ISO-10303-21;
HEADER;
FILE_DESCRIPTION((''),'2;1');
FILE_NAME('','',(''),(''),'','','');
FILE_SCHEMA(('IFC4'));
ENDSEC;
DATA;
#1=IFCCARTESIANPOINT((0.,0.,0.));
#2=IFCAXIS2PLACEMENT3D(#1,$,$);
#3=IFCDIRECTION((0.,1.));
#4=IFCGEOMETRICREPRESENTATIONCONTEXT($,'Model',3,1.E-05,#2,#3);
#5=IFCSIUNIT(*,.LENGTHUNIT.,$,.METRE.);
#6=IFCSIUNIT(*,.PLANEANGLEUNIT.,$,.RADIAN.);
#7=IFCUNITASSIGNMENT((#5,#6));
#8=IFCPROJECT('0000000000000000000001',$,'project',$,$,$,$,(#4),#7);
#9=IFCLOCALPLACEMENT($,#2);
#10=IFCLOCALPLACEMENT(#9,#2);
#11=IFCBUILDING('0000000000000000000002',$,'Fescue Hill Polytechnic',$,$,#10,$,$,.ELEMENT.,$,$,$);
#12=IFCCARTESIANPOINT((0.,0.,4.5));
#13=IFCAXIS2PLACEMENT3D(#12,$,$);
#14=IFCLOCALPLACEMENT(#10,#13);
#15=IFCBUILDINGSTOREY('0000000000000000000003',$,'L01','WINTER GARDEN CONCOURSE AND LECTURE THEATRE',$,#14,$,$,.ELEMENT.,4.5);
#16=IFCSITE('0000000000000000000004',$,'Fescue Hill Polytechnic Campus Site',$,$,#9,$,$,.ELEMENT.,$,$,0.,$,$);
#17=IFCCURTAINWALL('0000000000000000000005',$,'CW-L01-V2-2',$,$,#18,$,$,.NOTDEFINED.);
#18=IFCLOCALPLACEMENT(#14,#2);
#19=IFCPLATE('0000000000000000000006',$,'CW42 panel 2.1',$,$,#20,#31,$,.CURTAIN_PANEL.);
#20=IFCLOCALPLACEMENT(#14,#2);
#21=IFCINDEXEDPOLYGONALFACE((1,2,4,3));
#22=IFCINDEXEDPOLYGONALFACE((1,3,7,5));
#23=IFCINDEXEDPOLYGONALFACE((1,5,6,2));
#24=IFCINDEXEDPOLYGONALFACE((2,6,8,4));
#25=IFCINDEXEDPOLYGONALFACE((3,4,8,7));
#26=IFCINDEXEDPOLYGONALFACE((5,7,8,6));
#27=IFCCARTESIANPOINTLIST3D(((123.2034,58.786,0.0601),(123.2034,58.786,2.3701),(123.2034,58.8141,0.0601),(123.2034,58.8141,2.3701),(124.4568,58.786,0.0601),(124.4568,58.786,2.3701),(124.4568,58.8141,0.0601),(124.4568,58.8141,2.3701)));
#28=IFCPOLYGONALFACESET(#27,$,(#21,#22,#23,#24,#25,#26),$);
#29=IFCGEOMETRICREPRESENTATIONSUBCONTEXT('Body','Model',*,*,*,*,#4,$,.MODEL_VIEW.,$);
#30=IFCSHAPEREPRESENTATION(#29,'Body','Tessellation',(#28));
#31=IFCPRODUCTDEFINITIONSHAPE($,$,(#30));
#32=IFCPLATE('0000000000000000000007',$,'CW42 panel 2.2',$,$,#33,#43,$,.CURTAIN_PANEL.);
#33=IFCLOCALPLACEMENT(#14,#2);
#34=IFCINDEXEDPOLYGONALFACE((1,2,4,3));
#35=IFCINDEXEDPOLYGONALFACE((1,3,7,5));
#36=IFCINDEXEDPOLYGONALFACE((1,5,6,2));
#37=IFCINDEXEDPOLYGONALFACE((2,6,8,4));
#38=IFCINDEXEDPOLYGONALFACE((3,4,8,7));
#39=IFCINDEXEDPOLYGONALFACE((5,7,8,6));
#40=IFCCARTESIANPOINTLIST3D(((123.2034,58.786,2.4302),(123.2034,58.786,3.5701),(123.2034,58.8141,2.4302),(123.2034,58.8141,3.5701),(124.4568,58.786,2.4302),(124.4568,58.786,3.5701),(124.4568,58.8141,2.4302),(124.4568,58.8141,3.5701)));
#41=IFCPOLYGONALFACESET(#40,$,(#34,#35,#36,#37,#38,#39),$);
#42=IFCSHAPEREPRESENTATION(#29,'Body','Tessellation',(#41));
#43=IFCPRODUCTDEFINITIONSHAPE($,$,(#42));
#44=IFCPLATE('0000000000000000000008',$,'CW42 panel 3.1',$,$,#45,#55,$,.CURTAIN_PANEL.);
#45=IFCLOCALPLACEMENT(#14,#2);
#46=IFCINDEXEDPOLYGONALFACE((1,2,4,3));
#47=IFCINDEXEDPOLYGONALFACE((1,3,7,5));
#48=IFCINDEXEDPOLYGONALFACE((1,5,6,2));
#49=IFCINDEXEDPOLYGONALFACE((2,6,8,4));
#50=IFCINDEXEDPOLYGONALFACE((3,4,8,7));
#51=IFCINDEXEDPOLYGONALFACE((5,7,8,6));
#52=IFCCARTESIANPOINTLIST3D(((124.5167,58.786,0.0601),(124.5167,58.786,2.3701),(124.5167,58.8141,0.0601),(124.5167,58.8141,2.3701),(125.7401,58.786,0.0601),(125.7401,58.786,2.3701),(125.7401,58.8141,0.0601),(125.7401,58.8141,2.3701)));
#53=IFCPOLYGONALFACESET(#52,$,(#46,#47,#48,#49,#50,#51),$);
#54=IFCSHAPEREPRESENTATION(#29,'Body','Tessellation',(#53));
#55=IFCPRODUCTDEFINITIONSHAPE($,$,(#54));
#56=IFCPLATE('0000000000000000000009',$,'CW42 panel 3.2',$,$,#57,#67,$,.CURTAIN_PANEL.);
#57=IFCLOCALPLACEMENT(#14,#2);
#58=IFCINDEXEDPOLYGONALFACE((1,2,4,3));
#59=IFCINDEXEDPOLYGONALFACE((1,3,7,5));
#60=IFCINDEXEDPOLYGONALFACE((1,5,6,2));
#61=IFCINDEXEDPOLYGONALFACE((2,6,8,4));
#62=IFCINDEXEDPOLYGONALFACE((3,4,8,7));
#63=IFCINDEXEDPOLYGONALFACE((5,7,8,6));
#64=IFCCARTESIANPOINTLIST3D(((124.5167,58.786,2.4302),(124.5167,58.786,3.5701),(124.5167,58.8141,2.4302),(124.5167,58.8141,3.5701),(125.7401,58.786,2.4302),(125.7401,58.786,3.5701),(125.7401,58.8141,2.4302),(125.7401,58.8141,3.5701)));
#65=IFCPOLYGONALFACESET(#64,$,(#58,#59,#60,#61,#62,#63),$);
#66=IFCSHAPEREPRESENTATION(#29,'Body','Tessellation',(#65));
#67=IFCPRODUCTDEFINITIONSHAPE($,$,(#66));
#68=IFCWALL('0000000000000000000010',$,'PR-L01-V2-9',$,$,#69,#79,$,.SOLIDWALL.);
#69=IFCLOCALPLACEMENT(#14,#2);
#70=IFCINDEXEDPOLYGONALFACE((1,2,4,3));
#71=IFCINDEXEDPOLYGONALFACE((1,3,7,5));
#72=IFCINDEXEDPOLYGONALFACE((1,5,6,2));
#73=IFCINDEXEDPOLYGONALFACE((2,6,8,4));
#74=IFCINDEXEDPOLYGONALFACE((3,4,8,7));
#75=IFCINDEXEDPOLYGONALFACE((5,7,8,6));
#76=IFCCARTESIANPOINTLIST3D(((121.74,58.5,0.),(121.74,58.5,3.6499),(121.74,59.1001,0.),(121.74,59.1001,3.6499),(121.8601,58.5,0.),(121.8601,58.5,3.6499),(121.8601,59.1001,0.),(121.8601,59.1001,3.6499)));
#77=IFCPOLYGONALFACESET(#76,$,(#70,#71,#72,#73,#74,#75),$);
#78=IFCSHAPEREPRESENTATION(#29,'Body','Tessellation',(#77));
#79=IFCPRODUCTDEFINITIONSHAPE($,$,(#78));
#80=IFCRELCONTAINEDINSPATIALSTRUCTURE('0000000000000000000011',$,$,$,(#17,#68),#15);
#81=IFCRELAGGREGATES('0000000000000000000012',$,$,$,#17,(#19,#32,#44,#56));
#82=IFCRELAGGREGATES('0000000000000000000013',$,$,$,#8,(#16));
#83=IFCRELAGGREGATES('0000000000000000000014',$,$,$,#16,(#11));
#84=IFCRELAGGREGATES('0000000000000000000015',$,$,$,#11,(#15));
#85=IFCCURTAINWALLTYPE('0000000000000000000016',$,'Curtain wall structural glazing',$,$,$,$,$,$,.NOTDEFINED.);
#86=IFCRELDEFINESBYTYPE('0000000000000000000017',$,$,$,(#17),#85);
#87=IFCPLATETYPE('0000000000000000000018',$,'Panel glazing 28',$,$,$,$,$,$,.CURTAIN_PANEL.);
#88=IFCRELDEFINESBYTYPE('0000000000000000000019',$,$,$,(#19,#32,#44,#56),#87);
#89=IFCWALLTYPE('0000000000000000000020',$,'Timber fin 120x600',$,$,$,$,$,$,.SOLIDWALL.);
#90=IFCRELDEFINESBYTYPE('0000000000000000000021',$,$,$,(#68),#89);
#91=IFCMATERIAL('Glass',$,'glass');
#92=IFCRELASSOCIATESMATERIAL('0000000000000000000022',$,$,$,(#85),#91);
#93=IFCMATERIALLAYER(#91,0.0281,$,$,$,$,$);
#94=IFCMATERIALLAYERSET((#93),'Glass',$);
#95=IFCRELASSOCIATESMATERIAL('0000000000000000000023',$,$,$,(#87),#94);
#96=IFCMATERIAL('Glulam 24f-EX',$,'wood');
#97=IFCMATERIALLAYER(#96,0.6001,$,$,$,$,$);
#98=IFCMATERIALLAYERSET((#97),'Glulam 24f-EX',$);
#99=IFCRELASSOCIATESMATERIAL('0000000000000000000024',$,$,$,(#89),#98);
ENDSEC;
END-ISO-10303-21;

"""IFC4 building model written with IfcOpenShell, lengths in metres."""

from ifc_helpers import new_model, si_unit, direction, frame, frame_2d, origin, origin_2d, place, context, subcontext, project, spatial, rectangle, extrude, material, layer, layer_set, type_object, element, aggregate, save


model = new_model("IFC4")

# Units and contexts
model_context = context("Model", 3, precision=1e-05, world=origin(), true_north=direction((0.0, 1.0)))
body_context = subcontext(model_context, "Body", "Model", "MODEL_VIEW")
ifc_project = project(units=[si_unit("LENGTHUNIT", "METRE"), si_unit("PLANEANGLEUNIT", "RADIAN")], contexts=[model_context])

# Site, building, storey
site_placement = place(None, origin())
site = spatial("IfcSite", under=ifc_project, at=site_placement, Name="Fescue Hill Polytechnic Campus Site", CompositionType="ELEMENT", RefElevation=0.0)
building_placement = place(site_placement, origin())
building = spatial("IfcBuilding", under=site, at=building_placement, Name="Fescue Hill Polytechnic", CompositionType="ELEMENT")
storey_placement = place(building_placement, frame((0.0, 0.0, 4.5)))
storey = spatial("IfcBuildingStorey", under=building, at=storey_placement, Name="L01", Description="WINTER GARDEN CONCOURSE AND LECTURE THEATRE", CompositionType="ELEMENT", Elevation=4.5)

# Curtain wall
ifc_material_1 = material(Name="Glass", Category="glass")
curtain_wall_type = type_object("IfcCurtainWallType", Name="Curtain wall structural glazing", PredefinedType="NOTDEFINED", material=ifc_material_1)
curtain_wall_1_placement = place(storey_placement, origin())
curtain_wall_1 = element("IfcCurtainWall", 1, at=curtain_wall_1_placement, inside=storey, type_object=curtain_wall_type, Name="CW-L01-V2-2", PredefinedType="NOTDEFINED")

# Plates
ifc_layer_1 = layer(ifc_material_1, 0.0281)
ifc_layer_set_1 = layer_set([ifc_layer_1], Name="Glass")
plate_type = type_object("IfcPlateType", Name="Panel glazing 28", PredefinedType="CURTAIN_PANEL", material=ifc_layer_set_1)
plate_1_placement = place(storey_placement, frame((123.8301, 58.8, 0.0601), z_axis=(0.0, 0.0, 1.0), x_axis=(1.0, 0.0, 0.0)))
plate_1 = element("IfcPlate", 2, at=plate_1_placement, type_object=plate_type, Name="CW42 panel 2.1", PredefinedType="CURTAIN_PANEL", context=body_context, shape_type="SweptSolid", body=[
    extrude(rectangle(XDim=1.2534, YDim=0.0281, at=origin_2d()), origin(), (0.0, 0.0, 1.0), 2.3101),
])
plate_2_placement = place(storey_placement, frame((123.8301, 58.8, 2.4302), z_axis=(0.0, 0.0, 1.0), x_axis=(1.0, 0.0, 0.0)))
plate_2 = element("IfcPlate", 3, at=plate_2_placement, type_object=plate_type, Name="CW42 panel 2.2", PredefinedType="CURTAIN_PANEL", context=body_context, shape_type="SweptSolid", body=[
    extrude(rectangle(XDim=1.2534, YDim=0.0281, at=origin_2d()), origin(), (0.0, 0.0, 1.0), 1.1399),
])
plate_3_placement = place(storey_placement, frame((125.1284, 58.8, 0.0601), z_axis=(0.0, 0.0, 1.0), x_axis=(1.0, 0.0, 0.0)))
plate_3 = element("IfcPlate", 4, at=plate_3_placement, type_object=plate_type, Name="CW42 panel 3.1", PredefinedType="CURTAIN_PANEL", context=body_context, shape_type="SweptSolid", body=[
    extrude(rectangle(XDim=1.2234, YDim=0.0281, at=origin_2d()), origin(), (0.0, 0.0, 1.0), 2.3101),
])
plate_4_placement = place(storey_placement, frame((125.1284, 58.8, 2.4302), z_axis=(0.0, 0.0, 1.0), x_axis=(1.0, 0.0, 0.0)))
plate_4 = element("IfcPlate", 5, at=plate_4_placement, type_object=plate_type, Name="CW42 panel 3.2", PredefinedType="CURTAIN_PANEL", context=body_context, shape_type="SweptSolid", body=[
    extrude(rectangle(XDim=1.2234, YDim=0.0281, at=origin_2d()), origin(), (0.0, 0.0, 1.0), 1.1399),
])
aggregate(curtain_wall_1, [plate_1, plate_2, plate_3, plate_4])

# Wall
ifc_material_2 = material(Name="Glulam 24f-EX", Category="wood")
ifc_layer_2 = layer(ifc_material_2, 0.6001)
ifc_layer_set_2 = layer_set([ifc_layer_2], Name="Glulam 24f-EX")
wall_type = type_object("IfcWallType", Name="Timber fin 120x600", PredefinedType="SOLIDWALL", material=ifc_layer_set_2)
wall_placement = place(storey_placement, frame((121.74, 58.8, 0.0), z_axis=(0.0, 0.0, 1.0), x_axis=(1.0, 0.0, 0.0)))
element("IfcWall", 6, at=wall_placement, inside=storey, type_object=wall_type, Name="PR-L01-V2-9", PredefinedType="SOLIDWALL", context=body_context, shape_type="SweptSolid", body=[
    extrude(rectangle(XDim=0.1201, YDim=0.6001, at=frame_2d((0.0601, 0.0))), origin(), (0.0, 0.0, 1.0), 3.6499),
])

save(model, "model.ifc")
